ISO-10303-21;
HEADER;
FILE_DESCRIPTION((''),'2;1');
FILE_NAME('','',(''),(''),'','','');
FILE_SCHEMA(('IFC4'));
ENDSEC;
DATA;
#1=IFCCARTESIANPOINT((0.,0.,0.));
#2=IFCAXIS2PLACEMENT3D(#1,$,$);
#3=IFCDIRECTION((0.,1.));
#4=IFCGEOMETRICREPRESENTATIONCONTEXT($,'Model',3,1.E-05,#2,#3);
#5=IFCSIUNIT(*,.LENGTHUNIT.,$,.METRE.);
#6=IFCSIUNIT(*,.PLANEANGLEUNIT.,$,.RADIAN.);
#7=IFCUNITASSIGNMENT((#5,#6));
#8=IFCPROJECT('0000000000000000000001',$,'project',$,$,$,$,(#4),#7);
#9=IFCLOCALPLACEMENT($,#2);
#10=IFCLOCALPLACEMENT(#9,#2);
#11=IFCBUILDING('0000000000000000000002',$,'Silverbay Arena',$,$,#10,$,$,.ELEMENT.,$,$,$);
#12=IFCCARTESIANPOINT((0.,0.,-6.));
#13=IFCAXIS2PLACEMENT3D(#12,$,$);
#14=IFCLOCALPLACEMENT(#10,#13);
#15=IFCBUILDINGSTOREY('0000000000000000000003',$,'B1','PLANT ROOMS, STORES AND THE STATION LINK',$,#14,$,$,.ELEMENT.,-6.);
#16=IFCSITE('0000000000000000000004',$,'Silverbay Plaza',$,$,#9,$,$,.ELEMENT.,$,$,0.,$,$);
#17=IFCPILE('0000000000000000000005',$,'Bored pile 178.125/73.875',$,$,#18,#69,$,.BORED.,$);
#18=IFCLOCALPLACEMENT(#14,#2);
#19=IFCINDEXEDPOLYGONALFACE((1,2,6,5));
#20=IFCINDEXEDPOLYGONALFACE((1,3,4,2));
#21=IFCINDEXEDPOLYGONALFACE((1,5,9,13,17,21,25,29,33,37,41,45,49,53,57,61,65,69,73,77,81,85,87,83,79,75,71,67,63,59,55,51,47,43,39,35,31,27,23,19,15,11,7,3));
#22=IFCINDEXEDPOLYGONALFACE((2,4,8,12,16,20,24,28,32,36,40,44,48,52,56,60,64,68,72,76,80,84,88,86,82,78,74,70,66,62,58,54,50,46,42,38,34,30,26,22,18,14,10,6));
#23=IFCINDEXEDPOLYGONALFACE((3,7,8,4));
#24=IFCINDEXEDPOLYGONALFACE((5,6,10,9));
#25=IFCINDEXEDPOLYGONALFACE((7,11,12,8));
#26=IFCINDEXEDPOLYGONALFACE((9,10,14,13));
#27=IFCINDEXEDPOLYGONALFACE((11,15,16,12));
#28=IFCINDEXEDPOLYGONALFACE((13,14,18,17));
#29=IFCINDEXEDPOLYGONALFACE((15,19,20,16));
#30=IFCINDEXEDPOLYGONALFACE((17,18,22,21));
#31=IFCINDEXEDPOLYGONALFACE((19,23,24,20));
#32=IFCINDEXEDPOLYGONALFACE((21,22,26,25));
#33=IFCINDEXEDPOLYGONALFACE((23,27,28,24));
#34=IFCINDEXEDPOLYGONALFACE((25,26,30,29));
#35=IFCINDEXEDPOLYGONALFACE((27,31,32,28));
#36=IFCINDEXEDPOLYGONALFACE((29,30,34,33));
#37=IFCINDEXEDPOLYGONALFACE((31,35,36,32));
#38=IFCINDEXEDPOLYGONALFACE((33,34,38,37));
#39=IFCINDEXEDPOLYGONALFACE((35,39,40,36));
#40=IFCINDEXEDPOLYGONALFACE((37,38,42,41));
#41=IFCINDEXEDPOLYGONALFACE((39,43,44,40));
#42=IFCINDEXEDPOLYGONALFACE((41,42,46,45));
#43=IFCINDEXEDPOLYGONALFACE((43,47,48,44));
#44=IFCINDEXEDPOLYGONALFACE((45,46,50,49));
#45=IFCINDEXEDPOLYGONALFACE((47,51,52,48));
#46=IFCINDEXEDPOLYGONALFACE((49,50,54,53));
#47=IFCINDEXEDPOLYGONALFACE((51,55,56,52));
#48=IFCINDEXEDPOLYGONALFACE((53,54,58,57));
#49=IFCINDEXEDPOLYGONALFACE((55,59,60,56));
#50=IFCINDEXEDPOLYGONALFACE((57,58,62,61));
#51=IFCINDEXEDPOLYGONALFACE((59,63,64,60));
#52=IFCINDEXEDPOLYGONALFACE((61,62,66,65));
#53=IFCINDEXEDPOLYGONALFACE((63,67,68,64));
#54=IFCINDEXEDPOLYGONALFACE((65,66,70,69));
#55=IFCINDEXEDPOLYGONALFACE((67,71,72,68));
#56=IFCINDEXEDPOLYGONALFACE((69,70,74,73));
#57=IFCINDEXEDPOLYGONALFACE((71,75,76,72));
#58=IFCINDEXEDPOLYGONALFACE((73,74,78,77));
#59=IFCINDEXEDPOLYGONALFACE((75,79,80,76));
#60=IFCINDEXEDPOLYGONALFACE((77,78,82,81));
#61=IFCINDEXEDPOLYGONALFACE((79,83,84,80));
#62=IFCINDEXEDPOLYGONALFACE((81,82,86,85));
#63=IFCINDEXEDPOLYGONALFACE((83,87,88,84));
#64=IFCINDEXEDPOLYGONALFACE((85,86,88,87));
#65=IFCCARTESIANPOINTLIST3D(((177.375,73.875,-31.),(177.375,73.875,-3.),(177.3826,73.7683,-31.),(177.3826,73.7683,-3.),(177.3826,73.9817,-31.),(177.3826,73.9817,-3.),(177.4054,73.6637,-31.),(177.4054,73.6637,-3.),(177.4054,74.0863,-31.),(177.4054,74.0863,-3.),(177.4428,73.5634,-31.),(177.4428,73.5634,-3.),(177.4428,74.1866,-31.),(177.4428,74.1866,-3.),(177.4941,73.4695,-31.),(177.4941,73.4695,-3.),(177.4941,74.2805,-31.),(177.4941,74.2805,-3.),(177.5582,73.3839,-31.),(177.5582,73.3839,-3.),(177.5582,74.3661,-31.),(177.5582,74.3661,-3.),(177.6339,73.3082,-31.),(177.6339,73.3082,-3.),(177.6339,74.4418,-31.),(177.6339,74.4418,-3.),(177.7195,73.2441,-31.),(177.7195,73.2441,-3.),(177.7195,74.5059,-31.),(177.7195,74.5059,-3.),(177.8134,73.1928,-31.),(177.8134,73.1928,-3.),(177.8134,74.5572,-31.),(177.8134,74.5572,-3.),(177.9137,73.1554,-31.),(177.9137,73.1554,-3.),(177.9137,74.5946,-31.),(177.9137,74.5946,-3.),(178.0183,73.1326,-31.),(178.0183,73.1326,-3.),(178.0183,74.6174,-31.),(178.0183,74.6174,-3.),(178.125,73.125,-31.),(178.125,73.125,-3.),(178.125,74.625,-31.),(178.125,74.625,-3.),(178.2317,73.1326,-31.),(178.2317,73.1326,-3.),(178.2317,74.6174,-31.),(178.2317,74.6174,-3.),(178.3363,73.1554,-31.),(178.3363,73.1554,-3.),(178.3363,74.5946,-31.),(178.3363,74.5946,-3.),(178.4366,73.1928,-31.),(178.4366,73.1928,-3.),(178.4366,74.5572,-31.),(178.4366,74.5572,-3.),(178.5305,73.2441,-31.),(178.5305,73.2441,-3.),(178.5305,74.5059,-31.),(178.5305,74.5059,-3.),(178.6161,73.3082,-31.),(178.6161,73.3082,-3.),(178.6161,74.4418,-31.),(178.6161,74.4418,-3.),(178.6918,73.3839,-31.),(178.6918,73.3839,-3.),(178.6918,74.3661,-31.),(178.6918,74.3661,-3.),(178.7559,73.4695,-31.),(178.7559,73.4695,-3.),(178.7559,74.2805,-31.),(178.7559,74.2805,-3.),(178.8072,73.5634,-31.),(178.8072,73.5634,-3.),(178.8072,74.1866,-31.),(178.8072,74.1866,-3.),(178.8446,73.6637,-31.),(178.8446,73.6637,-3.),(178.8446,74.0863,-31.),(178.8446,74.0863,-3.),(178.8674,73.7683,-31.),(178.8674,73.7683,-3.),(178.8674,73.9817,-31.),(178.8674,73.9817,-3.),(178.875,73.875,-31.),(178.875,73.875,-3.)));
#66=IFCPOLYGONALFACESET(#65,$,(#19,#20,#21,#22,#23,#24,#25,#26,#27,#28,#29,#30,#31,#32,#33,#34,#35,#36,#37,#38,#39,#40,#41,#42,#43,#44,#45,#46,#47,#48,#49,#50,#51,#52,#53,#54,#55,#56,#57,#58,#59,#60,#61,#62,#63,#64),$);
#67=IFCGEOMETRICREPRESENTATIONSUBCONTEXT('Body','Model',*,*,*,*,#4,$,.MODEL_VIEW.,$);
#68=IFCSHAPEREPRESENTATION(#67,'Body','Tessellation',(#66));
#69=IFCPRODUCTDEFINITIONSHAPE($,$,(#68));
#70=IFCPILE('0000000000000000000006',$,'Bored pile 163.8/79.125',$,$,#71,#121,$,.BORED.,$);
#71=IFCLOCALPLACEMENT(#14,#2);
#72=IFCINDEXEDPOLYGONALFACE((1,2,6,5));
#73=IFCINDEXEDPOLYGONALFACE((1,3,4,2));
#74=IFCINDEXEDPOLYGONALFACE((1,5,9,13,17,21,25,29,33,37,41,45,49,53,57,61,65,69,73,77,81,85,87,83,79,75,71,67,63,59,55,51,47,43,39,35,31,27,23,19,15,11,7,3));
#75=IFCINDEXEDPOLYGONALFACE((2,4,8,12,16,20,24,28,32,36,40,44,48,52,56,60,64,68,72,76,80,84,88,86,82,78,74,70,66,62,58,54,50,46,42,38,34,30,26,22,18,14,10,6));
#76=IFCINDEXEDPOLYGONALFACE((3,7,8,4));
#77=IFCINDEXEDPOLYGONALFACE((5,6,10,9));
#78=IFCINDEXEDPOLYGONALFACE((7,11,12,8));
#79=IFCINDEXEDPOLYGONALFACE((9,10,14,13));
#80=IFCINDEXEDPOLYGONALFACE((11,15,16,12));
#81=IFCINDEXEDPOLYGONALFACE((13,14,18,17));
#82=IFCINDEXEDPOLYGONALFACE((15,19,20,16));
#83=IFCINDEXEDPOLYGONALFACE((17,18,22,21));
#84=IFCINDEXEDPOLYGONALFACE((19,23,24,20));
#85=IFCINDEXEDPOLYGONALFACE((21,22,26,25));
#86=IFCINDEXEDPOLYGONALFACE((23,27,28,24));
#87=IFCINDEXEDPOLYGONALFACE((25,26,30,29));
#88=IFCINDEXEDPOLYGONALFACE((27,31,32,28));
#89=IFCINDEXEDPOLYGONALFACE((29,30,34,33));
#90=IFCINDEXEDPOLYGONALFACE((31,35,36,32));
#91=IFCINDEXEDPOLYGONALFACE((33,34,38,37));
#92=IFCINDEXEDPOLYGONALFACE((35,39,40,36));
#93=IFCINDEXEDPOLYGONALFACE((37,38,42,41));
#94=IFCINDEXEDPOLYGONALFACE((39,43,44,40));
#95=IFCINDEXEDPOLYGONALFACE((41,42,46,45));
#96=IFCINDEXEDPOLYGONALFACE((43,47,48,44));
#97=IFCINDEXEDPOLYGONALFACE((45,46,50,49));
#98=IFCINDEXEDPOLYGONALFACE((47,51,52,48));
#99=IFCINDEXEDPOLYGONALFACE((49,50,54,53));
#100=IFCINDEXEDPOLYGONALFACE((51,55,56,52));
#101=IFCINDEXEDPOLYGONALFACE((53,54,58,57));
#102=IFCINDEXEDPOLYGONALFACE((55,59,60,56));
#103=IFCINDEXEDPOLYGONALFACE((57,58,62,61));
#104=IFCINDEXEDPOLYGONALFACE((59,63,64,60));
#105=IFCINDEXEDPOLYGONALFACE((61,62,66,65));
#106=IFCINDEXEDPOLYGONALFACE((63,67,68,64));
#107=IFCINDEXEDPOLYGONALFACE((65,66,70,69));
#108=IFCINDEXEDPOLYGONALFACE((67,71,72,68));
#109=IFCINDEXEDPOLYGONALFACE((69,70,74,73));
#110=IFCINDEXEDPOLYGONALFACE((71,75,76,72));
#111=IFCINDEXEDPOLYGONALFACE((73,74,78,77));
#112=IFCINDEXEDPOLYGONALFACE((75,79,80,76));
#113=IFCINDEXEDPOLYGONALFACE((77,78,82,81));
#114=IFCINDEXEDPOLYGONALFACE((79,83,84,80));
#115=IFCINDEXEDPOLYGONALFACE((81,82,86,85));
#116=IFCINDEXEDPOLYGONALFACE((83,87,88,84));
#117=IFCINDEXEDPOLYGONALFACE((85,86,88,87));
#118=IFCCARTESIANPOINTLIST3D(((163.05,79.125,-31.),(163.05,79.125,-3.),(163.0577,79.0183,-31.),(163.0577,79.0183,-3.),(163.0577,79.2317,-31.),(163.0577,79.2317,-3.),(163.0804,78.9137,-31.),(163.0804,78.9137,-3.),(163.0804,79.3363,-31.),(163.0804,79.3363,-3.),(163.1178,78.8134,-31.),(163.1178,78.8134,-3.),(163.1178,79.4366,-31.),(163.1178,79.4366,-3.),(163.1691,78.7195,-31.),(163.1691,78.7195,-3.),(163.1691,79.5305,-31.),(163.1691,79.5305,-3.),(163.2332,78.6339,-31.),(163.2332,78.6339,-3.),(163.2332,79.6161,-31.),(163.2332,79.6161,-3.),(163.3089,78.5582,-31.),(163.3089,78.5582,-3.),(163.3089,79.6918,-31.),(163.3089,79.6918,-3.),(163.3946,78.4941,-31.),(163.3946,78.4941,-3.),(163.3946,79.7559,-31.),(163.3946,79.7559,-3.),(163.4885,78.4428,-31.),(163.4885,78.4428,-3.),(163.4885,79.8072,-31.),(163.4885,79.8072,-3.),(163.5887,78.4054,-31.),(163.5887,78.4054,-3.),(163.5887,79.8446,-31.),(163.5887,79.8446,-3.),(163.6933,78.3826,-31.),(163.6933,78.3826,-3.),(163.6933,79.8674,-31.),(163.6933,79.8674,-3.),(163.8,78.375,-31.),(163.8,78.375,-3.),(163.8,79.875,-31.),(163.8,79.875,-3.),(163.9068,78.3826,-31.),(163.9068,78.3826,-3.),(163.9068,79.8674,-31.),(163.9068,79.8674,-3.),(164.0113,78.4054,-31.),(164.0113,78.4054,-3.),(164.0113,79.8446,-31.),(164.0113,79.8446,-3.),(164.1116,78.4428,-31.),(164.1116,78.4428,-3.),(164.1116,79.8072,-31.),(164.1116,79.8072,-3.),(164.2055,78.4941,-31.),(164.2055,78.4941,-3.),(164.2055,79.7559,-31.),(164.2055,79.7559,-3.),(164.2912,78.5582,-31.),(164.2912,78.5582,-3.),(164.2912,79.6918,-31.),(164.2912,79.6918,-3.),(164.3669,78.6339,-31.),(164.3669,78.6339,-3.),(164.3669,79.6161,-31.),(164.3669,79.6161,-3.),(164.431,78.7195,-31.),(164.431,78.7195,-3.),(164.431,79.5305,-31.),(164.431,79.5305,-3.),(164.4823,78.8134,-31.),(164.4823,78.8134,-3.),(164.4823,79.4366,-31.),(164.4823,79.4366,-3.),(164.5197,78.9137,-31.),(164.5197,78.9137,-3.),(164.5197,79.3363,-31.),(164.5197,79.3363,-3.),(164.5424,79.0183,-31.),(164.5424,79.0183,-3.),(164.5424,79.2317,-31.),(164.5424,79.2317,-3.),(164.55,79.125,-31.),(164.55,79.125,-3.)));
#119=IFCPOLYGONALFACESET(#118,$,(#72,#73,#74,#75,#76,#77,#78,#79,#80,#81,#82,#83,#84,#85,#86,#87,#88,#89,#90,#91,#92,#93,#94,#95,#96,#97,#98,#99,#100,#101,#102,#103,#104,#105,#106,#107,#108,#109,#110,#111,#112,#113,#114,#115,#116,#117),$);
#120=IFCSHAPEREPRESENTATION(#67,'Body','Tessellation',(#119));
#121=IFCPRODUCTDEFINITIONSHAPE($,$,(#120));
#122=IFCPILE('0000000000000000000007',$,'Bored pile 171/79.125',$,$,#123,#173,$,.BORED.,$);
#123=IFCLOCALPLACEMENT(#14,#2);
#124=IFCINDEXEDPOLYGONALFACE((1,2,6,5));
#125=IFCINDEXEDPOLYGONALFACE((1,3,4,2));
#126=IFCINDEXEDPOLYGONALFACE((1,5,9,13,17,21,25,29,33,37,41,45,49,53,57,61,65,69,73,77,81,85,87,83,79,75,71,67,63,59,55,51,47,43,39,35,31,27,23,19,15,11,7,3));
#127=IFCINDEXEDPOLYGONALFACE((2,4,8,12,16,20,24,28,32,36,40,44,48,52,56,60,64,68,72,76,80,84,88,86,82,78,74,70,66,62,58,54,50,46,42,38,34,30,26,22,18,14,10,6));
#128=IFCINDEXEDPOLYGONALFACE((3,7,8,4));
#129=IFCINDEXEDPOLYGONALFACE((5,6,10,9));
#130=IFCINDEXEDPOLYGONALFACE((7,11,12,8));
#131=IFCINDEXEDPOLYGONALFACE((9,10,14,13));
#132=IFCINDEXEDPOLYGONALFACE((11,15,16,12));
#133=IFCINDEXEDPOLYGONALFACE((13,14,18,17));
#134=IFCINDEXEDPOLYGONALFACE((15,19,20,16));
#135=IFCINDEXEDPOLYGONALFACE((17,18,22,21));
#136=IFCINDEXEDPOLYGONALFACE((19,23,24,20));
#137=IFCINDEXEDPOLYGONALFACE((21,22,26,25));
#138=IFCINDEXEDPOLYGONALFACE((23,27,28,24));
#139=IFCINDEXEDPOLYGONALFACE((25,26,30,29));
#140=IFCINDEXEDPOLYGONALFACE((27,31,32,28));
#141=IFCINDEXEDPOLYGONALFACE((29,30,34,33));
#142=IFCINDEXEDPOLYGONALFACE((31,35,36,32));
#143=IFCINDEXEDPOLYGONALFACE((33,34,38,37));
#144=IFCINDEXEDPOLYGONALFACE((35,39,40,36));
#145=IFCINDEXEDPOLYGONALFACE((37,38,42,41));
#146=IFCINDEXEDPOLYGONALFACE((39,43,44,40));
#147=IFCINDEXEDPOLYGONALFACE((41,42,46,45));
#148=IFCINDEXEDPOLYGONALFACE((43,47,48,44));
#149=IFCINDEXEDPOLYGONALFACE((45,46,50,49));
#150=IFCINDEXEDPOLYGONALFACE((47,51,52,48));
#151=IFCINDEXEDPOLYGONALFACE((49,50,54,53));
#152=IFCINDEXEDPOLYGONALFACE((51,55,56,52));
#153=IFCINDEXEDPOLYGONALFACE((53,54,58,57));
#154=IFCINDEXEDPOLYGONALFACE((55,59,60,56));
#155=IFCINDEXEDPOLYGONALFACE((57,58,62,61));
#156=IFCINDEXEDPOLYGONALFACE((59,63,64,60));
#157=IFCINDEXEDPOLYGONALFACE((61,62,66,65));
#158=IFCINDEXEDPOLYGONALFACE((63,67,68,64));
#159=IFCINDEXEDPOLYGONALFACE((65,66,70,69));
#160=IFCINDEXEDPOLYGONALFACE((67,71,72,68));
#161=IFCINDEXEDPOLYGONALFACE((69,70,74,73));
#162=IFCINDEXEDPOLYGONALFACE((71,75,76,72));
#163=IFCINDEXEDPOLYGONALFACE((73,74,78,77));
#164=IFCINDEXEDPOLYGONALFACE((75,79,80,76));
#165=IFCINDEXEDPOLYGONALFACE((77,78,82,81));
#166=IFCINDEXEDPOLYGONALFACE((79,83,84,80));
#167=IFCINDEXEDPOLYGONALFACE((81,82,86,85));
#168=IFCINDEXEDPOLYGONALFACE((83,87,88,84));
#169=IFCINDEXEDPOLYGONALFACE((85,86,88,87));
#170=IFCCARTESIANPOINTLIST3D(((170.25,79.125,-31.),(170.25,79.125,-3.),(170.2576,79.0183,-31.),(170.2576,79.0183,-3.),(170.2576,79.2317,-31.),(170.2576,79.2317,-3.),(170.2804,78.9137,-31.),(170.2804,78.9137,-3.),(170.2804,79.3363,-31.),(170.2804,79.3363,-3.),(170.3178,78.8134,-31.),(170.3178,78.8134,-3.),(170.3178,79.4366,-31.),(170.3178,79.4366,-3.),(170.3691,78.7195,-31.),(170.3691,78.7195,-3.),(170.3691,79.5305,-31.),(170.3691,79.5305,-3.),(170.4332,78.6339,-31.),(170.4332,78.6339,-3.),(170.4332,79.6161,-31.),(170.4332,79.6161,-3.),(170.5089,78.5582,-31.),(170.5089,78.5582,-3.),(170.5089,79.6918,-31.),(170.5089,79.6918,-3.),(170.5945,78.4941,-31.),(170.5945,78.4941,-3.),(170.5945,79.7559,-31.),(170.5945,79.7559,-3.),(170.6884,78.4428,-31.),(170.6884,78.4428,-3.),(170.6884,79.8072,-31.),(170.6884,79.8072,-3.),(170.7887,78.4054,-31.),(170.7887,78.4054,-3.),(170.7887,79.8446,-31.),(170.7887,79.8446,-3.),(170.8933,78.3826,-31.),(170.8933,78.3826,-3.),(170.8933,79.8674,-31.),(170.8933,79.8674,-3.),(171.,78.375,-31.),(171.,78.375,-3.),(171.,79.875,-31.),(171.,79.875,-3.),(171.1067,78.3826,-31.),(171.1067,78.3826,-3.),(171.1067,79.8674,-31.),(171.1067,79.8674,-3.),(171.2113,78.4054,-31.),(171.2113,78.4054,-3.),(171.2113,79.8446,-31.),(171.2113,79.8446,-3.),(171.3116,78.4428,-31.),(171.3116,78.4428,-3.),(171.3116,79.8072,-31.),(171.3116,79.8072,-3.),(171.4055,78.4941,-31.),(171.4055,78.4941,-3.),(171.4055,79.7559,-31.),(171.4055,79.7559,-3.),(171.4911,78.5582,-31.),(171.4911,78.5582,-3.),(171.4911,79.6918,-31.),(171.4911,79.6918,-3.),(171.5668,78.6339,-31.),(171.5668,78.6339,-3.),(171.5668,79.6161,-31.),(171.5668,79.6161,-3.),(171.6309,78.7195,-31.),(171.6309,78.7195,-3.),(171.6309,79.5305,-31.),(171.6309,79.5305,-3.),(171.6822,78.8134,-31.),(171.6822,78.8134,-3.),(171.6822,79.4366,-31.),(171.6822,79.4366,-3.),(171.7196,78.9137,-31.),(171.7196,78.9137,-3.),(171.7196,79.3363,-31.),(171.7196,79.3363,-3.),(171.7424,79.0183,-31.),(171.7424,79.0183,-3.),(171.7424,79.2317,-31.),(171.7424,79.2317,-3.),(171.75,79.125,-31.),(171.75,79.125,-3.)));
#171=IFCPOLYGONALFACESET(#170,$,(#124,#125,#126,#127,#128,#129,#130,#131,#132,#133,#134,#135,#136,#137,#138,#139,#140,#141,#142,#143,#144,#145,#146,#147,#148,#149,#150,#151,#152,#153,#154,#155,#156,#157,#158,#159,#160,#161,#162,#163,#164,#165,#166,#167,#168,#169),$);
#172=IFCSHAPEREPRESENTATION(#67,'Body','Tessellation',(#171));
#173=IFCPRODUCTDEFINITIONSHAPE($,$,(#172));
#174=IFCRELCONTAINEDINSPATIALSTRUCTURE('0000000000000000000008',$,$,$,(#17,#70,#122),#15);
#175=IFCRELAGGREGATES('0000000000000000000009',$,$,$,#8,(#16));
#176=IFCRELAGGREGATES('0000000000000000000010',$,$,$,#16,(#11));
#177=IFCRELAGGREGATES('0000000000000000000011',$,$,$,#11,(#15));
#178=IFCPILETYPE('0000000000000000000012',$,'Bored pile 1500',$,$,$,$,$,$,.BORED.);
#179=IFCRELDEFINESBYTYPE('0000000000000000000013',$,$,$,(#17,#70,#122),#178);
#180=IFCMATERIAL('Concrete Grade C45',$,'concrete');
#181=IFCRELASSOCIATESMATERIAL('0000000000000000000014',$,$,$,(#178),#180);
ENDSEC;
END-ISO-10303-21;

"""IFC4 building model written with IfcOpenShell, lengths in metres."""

from ifc_helpers import new_model, si_unit, direction, frame, origin, origin_2d, place, context, subcontext, project, spatial, circle, extrude, material, material_profile, profile_set, type_object, element, save


model = new_model("IFC4")

# Units and contexts
model_context = context("Model", 3, precision=1e-05, world=origin(), true_north=direction((0.0, 1.0)))
body_context = subcontext(model_context, "Body", "Model", "MODEL_VIEW")
ifc_project = project(units=[si_unit("LENGTHUNIT", "METRE"), si_unit("PLANEANGLEUNIT", "RADIAN")], contexts=[model_context])

# Site, building, storey
site_placement = place(None, origin())
site = spatial("IfcSite", under=ifc_project, at=site_placement, Name="Silverbay Plaza", CompositionType="ELEMENT", RefElevation=0.0)
building_placement = place(site_placement, origin())
building = spatial("IfcBuilding", under=site, at=building_placement, Name="Silverbay Arena", CompositionType="ELEMENT")
storey_placement = place(building_placement, frame((0.0, 0.0, -6.0)))
storey = spatial("IfcBuildingStorey", under=building, at=storey_placement, Name="B1", Description="PLANT ROOMS, STORES AND THE STATION LINK", CompositionType="ELEMENT", Elevation=-6.0)

# Piles
ifc_material_1 = material(Name="Concrete Grade C45", Category="concrete")
ifc_material_profile_1 = material_profile(ifc_material_1, circle(Radius=0.75, at=origin_2d()), Name="Bored pile 1500")
ifc_profile_set_1 = profile_set([ifc_material_profile_1], Name="Concrete Grade C45")
pile_type_1 = type_object("IfcPileType", Name="Bored pile 1500", PredefinedType="BORED", material=ifc_profile_set_1)
for number, where, z_axis, x_axis, name in (
    (1, (178.125, 73.875, -3.0), (0.0, 0.0, -1.0), (1.0, 0.0, 0.0), "Bored pile 178.125/73.875"),
    (2, (163.8, 79.125, -3.0), (0.0, 0.0, -1.0), (1.0, 0.0, 0.0), "Bored pile 163.8/79.125"),
    (3, (171.0, 79.125, -3.0), (0.0, 0.0, -1.0), (1.0, 0.0, 0.0), "Bored pile 171/79.125"),
):
    element("IfcPile", number, at=place(storey_placement, frame(where, z_axis=z_axis, x_axis=x_axis)), inside=storey, type_object=pile_type_1, Name=name, PredefinedType="BORED", context=body_context, shape_type="SweptSolid", body=[
        extrude(circle(Radius=0.75, at=origin_2d()), origin(), (0.0, 0.0, 1.0), 28.0),
    ])

save(model, "model.ifc")
